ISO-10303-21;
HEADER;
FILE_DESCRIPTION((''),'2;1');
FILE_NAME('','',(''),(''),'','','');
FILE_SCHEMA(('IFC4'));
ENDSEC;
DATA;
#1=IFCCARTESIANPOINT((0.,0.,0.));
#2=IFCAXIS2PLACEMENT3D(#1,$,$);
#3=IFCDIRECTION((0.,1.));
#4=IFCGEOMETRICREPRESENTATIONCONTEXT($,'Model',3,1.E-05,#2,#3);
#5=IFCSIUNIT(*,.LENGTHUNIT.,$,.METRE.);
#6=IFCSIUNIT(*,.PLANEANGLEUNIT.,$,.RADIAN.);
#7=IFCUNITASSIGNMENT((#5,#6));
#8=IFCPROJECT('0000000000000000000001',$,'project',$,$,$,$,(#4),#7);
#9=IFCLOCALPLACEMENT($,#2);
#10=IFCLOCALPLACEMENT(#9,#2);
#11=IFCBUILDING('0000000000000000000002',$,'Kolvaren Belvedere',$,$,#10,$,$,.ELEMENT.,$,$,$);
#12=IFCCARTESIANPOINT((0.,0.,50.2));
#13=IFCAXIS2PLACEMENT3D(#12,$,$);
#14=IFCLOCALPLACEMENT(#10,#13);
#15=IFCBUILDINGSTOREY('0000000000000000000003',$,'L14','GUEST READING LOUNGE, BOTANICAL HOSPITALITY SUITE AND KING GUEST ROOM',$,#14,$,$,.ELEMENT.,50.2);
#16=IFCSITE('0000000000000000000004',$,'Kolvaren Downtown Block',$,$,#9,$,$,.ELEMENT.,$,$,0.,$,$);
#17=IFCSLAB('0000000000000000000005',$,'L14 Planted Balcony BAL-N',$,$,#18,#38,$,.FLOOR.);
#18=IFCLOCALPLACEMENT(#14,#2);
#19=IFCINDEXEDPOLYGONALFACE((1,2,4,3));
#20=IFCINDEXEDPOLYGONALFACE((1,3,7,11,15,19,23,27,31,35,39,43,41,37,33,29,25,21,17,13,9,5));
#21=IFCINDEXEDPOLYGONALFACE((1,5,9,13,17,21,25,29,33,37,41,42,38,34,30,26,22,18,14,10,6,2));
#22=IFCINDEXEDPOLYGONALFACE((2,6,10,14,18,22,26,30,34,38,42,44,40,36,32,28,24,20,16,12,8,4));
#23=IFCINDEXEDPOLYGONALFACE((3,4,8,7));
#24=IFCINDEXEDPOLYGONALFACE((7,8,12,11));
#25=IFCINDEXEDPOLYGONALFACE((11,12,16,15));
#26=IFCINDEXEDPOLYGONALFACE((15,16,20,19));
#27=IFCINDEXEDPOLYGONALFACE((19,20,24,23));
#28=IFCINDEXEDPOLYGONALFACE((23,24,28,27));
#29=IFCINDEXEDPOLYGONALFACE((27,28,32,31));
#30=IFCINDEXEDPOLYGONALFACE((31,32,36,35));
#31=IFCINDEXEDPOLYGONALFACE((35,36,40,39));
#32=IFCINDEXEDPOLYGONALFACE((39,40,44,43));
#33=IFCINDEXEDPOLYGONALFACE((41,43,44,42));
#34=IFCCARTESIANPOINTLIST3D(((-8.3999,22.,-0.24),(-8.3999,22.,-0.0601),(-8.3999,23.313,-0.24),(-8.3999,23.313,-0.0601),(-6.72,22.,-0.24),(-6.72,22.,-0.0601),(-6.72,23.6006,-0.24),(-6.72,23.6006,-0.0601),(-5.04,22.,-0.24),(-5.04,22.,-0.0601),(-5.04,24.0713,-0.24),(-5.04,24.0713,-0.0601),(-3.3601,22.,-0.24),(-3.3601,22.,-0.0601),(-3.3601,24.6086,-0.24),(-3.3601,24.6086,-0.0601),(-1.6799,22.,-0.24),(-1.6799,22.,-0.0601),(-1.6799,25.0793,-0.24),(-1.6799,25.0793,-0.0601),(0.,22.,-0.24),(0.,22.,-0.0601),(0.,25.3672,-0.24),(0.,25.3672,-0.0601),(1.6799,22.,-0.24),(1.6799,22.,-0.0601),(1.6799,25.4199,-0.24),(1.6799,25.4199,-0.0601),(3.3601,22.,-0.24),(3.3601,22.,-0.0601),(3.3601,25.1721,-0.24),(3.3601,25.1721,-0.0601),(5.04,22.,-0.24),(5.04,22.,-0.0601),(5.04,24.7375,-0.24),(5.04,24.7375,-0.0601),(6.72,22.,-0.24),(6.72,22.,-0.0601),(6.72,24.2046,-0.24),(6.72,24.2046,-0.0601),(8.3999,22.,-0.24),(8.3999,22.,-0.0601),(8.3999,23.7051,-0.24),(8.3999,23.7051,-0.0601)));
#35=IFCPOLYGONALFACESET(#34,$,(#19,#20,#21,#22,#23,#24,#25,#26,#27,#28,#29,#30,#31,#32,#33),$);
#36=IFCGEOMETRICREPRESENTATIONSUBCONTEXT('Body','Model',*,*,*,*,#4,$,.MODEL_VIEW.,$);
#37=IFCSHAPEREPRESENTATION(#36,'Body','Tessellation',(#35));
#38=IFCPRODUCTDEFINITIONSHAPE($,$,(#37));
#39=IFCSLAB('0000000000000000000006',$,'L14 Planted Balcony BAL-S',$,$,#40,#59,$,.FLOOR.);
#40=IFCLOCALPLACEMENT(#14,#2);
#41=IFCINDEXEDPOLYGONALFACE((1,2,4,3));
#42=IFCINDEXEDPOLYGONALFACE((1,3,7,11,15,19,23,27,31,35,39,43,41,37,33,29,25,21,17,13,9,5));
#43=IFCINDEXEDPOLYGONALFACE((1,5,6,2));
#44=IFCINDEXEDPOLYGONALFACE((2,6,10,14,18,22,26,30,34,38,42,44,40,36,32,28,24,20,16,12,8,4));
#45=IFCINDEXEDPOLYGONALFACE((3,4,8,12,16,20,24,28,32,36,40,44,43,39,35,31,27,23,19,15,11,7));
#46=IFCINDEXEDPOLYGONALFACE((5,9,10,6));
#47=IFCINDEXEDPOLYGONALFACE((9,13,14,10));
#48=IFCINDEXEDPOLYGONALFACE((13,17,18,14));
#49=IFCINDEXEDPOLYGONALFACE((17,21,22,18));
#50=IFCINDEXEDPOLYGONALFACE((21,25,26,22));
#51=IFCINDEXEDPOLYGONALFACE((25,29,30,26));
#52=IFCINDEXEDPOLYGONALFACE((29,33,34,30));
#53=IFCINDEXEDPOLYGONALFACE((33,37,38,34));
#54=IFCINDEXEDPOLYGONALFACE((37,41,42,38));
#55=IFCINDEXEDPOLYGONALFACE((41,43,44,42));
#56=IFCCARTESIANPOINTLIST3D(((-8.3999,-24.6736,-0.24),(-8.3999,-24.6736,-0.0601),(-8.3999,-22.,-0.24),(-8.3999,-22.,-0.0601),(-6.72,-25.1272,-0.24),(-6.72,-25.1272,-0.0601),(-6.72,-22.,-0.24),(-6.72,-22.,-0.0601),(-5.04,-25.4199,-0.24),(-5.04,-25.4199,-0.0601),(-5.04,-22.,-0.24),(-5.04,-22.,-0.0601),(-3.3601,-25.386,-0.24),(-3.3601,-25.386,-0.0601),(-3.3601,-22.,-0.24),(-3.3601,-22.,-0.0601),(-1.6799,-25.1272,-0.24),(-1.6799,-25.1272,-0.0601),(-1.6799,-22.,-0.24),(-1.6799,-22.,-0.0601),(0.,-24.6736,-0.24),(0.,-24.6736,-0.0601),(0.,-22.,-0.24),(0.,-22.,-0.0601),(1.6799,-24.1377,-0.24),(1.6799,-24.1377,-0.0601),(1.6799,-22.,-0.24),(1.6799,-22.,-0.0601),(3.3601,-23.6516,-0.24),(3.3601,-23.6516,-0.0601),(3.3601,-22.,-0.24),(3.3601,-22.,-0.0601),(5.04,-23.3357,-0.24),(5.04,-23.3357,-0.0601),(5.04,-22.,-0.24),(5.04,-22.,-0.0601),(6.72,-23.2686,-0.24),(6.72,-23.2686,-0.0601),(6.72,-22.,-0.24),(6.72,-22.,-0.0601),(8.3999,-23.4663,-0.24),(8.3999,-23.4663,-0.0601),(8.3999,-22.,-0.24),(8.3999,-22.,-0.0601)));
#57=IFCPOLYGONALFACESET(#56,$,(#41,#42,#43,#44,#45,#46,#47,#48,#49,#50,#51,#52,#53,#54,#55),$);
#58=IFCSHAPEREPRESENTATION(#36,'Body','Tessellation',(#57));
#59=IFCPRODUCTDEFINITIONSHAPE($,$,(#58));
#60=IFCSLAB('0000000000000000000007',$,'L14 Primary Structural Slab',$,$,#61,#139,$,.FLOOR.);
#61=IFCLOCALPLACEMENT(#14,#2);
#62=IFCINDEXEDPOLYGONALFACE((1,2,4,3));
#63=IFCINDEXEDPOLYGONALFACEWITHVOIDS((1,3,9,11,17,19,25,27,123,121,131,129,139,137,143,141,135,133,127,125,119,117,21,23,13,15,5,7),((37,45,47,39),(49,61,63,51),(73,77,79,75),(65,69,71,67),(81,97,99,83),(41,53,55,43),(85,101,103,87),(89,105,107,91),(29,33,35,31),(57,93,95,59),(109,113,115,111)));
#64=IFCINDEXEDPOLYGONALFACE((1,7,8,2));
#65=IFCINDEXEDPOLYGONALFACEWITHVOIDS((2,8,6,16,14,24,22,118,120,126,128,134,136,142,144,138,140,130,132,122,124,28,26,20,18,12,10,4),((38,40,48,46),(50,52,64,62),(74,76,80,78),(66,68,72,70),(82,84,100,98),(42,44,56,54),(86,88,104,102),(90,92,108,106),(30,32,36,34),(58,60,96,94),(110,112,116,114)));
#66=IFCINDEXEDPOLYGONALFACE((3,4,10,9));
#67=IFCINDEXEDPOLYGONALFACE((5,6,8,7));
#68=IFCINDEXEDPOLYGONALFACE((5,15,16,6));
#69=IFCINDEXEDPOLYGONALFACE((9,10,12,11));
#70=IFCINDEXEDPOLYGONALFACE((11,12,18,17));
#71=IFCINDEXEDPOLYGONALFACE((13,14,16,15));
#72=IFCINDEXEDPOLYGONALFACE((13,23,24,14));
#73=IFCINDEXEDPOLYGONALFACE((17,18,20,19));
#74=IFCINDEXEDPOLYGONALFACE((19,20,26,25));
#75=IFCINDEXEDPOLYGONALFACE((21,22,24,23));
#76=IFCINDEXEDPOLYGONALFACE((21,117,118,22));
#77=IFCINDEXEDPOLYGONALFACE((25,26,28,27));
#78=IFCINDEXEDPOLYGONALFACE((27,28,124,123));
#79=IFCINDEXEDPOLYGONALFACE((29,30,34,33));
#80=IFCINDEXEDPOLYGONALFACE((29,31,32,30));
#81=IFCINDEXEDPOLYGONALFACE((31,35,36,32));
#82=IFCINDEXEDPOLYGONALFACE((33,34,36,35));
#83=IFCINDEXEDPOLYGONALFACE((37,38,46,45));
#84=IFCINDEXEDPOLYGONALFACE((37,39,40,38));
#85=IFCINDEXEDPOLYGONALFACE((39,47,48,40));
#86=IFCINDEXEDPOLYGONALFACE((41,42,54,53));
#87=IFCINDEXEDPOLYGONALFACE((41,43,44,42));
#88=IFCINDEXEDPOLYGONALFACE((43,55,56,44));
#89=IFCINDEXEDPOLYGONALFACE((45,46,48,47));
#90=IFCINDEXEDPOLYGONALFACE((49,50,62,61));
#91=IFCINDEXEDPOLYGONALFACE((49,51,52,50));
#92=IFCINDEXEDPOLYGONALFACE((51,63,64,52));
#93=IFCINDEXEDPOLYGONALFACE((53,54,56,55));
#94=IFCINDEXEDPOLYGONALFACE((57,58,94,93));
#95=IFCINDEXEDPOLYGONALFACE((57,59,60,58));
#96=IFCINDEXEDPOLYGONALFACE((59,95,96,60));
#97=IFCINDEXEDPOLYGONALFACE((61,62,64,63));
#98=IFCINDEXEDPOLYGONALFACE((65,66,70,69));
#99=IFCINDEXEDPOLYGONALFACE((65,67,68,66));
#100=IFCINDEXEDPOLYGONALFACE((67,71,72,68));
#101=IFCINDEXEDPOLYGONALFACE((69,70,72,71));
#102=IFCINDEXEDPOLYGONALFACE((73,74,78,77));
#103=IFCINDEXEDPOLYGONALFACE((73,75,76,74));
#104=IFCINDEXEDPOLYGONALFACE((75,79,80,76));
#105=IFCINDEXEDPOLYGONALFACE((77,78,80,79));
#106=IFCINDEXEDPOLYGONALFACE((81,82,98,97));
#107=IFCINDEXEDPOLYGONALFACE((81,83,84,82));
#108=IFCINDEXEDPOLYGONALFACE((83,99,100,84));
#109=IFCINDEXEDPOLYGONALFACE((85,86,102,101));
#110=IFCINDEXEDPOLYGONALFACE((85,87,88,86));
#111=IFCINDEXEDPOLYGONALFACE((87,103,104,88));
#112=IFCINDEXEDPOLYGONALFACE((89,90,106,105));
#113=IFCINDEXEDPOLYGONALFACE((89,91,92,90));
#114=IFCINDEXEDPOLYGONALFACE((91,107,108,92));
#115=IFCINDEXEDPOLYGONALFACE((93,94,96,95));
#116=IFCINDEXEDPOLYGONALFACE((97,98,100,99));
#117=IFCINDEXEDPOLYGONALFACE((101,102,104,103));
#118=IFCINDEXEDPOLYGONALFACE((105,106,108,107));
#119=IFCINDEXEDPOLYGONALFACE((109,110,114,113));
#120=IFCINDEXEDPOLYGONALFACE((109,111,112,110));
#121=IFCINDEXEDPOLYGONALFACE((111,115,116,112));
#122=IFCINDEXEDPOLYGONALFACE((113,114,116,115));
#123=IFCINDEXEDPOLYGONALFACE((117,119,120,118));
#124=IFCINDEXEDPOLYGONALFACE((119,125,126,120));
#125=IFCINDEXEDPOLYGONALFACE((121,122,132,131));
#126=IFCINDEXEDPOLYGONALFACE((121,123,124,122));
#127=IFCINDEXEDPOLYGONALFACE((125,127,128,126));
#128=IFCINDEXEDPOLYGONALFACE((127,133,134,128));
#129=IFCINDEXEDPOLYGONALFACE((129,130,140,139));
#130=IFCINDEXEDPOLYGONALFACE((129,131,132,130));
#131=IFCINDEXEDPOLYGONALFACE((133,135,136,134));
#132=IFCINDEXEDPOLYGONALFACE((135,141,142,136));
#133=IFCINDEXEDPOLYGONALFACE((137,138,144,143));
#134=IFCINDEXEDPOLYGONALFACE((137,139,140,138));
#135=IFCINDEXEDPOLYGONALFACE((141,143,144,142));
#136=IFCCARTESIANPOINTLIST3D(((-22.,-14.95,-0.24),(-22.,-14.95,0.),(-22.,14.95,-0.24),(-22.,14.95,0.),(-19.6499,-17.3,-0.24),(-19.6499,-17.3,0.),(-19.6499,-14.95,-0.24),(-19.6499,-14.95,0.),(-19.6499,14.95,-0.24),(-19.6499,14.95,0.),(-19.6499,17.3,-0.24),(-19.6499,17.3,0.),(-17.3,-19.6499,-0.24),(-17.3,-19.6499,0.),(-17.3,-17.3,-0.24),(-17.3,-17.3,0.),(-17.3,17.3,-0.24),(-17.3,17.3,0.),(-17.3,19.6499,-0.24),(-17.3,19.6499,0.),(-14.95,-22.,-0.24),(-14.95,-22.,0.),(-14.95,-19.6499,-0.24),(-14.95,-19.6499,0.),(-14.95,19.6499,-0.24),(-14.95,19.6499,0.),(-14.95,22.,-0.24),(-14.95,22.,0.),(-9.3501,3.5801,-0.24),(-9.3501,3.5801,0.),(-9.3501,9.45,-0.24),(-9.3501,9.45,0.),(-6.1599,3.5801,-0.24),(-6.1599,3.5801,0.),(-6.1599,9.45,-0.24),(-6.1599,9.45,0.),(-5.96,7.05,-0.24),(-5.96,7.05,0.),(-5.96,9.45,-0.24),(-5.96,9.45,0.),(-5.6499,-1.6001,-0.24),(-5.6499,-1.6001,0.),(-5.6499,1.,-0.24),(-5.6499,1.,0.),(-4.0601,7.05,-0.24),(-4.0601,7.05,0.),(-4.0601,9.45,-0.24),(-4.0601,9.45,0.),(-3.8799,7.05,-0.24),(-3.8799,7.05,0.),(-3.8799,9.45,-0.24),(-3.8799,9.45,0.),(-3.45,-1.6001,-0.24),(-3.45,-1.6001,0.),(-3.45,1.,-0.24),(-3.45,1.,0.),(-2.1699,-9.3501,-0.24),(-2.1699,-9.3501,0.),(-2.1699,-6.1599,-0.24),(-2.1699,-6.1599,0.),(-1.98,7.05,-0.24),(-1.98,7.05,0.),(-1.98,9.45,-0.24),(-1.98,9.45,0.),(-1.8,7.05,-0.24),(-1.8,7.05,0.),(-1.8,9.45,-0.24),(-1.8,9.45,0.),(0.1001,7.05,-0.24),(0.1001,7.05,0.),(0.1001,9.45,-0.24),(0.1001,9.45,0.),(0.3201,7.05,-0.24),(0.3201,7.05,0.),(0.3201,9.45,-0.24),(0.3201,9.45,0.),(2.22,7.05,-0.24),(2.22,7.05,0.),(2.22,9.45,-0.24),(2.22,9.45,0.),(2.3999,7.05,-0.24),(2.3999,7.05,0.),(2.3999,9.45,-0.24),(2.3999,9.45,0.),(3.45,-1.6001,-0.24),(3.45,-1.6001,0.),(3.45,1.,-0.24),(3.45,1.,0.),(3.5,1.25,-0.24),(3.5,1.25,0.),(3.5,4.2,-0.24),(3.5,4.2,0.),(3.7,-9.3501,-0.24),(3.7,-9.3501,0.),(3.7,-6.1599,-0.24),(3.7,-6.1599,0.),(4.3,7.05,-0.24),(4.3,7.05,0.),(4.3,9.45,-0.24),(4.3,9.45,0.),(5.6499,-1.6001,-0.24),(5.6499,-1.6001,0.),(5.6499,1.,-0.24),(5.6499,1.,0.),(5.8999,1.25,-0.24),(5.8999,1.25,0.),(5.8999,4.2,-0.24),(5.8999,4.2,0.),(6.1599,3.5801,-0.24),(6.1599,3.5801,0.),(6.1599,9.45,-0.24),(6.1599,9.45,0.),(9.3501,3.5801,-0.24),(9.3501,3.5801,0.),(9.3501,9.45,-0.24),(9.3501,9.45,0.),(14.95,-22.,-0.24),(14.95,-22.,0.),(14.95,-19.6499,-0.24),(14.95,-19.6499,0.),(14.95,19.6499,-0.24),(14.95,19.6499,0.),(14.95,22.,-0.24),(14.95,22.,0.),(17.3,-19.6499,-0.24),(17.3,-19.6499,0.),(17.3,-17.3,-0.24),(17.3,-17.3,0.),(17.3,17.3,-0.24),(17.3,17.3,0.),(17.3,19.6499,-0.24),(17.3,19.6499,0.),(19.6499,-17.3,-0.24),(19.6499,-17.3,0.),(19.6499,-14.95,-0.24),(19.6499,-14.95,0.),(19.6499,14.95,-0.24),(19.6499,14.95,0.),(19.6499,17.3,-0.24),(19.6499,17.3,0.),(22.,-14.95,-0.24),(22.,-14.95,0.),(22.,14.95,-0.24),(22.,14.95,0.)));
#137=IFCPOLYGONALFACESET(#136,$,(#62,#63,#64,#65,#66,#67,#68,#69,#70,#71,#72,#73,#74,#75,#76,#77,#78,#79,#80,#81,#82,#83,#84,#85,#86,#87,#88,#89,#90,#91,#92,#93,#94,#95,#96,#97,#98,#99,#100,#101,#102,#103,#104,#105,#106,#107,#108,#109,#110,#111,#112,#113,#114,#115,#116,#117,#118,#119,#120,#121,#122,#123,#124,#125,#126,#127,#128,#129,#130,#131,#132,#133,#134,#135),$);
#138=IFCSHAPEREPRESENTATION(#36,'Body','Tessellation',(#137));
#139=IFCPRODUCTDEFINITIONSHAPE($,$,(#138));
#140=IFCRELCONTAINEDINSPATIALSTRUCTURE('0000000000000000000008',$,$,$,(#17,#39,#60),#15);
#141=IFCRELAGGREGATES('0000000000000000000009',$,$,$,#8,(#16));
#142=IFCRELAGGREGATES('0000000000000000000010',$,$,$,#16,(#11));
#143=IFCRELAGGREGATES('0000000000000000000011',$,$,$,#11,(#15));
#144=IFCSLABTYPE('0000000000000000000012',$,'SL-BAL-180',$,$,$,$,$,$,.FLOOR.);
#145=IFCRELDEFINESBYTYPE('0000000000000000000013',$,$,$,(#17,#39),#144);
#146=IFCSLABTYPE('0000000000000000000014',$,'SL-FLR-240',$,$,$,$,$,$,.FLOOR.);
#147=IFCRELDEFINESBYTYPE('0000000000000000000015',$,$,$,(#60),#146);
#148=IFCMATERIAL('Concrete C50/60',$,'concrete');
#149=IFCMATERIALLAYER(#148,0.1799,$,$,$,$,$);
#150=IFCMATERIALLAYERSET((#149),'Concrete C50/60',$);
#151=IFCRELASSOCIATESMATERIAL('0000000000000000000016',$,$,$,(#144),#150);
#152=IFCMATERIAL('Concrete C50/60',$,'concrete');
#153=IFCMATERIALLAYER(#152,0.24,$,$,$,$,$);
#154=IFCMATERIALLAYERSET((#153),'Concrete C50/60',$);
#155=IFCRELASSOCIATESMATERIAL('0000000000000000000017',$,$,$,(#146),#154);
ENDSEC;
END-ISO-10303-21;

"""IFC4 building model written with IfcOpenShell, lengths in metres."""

from ifc_helpers import new_model, si_unit, direction, frame, origin, place, context, subcontext, project, spatial, polyline, outline, extrude, material, layer, layer_set, type_object, element, save


model = new_model("IFC4")

# Units and contexts
model_context = context("Model", 3, precision=1e-05, world=origin(), true_north=direction((0.0, 1.0)))
body_context = subcontext(model_context, "Body", "Model", "MODEL_VIEW")
ifc_project = project(units=[si_unit("LENGTHUNIT", "METRE"), si_unit("PLANEANGLEUNIT", "RADIAN")], contexts=[model_context])

# Site, building, storey
site_placement = place(None, origin())
site = spatial("IfcSite", under=ifc_project, at=site_placement, Name="Kolvaren Downtown Block", CompositionType="ELEMENT", RefElevation=0.0)
building_placement = place(site_placement, origin())
building = spatial("IfcBuilding", under=site, at=building_placement, Name="Kolvaren Belvedere", CompositionType="ELEMENT")
storey_placement = place(building_placement, frame((0.0, 0.0, 50.2)))
storey = spatial("IfcBuildingStorey", under=building, at=storey_placement, Name="L14", Description="GUEST READING LOUNGE, BOTANICAL HOSPITALITY SUITE AND KING GUEST ROOM", CompositionType="ELEMENT", Elevation=50.2)

# Slabs
ifc_material_1 = material(Name="Concrete C50/60", Category="concrete")
ifc_layer_1 = layer(ifc_material_1, 0.1799)
ifc_layer_set_1 = layer_set([ifc_layer_1], Name="Concrete C50/60")
slab_type_1 = type_object("IfcSlabType", Name="SL-BAL-180", PredefinedType="FLOOR", material=ifc_layer_set_1)
slab_1_placement = place(storey_placement, frame((0.0, 0.0, -0.24)))
element("IfcSlab", 1, at=slab_1_placement, inside=storey, type_object=slab_type_1, Name="L14 Planted Balcony BAL-N", PredefinedType="FLOOR", context=body_context, shape_type="SweptSolid", body=[
    extrude(outline(polyline([(-8.3999, 22.0), (-6.72, 22.0), (-5.04, 22.0), (-3.3601, 22.0), (-1.6799, 22.0), (0.0, 22.0), (1.6799, 22.0), (3.3601, 22.0), (5.04, 22.0), (6.72, 22.0), (8.3999, 22.0), (8.3999, 23.7051), (6.72, 24.2046), (5.04, 24.7375), (3.3601, 25.1721), (1.6799, 25.4199), (0.0, 25.3672), (-1.6799, 25.0793), (-3.3601, 24.6086), (-5.04, 24.0713), (-6.72, 23.6006), (-8.3999, 23.313), (-8.3999, 22.0)])), origin(), (0.0, 0.0, 1.0), 0.1799),
])
slab_2_placement = place(storey_placement, frame((0.0, 0.0, -0.24)))
element("IfcSlab", 2, at=slab_2_placement, inside=storey, type_object=slab_type_1, Name="L14 Planted Balcony BAL-S", PredefinedType="FLOOR", context=body_context, shape_type="SweptSolid", body=[
    extrude(outline(polyline([(-8.3999, -24.6736), (-6.72, -25.1272), (-5.04, -25.4199), (-3.3601, -25.386), (-1.6799, -25.1272), (0.0, -24.6736), (1.6799, -24.1377), (3.3601, -23.6516), (5.04, -23.3357), (6.72, -23.2686), (8.3999, -23.4663), (8.3999, -22.0), (6.72, -22.0), (5.04, -22.0), (3.3601, -22.0), (1.6799, -22.0), (0.0, -22.0), (-1.6799, -22.0), (-3.3601, -22.0), (-5.04, -22.0), (-6.72, -22.0), (-8.3999, -22.0), (-8.3999, -24.6736)])), origin(), (0.0, 0.0, 1.0), 0.1799),
])
ifc_material_2 = material(Name="Concrete C50/60", Category="concrete")
ifc_layer_2 = layer(ifc_material_2, 0.24)
ifc_layer_set_2 = layer_set([ifc_layer_2], Name="Concrete C50/60")
slab_type_2 = type_object("IfcSlabType", Name="SL-FLR-240", PredefinedType="FLOOR", material=ifc_layer_set_2)
slab_3_placement = place(storey_placement, frame((0.0, 0.0, -0.24)))
element("IfcSlab", 3, at=slab_3_placement, inside=storey, type_object=slab_type_2, Name="L14 Primary Structural Slab", PredefinedType="FLOOR", context=body_context, shape_type="SweptSolid", body=[
    extrude(outline(polyline([(-14.95, -22.0), (14.95, -22.0), (14.95, -19.6499), (17.3, -19.6499), (17.3, -17.3), (19.6499, -17.3), (19.6499, -14.95), (22.0, -14.95), (22.0, 14.95), (19.6499, 14.95), (19.6499, 17.3), (17.3, 17.3), (17.3, 19.6499), (14.95, 19.6499), (14.95, 22.0), (-14.95, 22.0), (-14.95, 19.6499), (-17.3, 19.6499), (-17.3, 17.3), (-19.6499, 17.3), (-19.6499, 14.95), (-22.0, 14.95), (-22.0, -14.95), (-19.6499, -14.95), (-19.6499, -17.3), (-17.3, -17.3), (-17.3, -19.6499), (-14.95, -19.6499), (-14.95, -22.0)]), holes=[polyline([(-9.3501, 3.5801), (-6.1599, 3.5801), (-6.1599, 9.45), (-9.3501, 9.45), (-9.3501, 3.5801)]), polyline([(6.1599, 3.5801), (9.3501, 3.5801), (9.3501, 9.45), (6.1599, 9.45), (6.1599, 3.5801)]), polyline([(-2.1699, -9.3501), (3.7, -9.3501), (3.7, -6.1599), (-2.1699, -6.1599), (-2.1699, -9.3501)]), polyline([(-5.6499, -1.6001), (-3.45, -1.6001), (-3.45, 1.0), (-5.6499, 1.0), (-5.6499, -1.6001)]), polyline([(3.5, 1.25), (5.8999, 1.25), (5.8999, 4.2), (3.5, 4.2), (3.5, 1.25)]), polyline([(3.45, -1.6001), (5.6499, -1.6001), (5.6499, 1.0), (3.45, 1.0), (3.45, -1.6001)]), polyline([(-5.96, 7.05), (-4.0601, 7.05), (-4.0601, 9.45), (-5.96, 9.45), (-5.96, 7.05)]), polyline([(-3.8799, 7.05), (-1.98, 7.05), (-1.98, 9.45), (-3.8799, 9.45), (-3.8799, 7.05)]), polyline([(-1.8, 7.05), (0.1001, 7.05), (0.1001, 9.45), (-1.8, 9.45), (-1.8, 7.05)]), polyline([(0.3201, 7.05), (2.22, 7.05), (2.22, 9.45), (0.3201, 9.45), (0.3201, 7.05)]), polyline([(2.3999, 7.05), (4.3, 7.05), (4.3, 9.45), (2.3999, 9.45), (2.3999, 7.05)])]), origin(), (0.0, 0.0, 1.0), 0.24),
])

save(model, "model.ifc")
